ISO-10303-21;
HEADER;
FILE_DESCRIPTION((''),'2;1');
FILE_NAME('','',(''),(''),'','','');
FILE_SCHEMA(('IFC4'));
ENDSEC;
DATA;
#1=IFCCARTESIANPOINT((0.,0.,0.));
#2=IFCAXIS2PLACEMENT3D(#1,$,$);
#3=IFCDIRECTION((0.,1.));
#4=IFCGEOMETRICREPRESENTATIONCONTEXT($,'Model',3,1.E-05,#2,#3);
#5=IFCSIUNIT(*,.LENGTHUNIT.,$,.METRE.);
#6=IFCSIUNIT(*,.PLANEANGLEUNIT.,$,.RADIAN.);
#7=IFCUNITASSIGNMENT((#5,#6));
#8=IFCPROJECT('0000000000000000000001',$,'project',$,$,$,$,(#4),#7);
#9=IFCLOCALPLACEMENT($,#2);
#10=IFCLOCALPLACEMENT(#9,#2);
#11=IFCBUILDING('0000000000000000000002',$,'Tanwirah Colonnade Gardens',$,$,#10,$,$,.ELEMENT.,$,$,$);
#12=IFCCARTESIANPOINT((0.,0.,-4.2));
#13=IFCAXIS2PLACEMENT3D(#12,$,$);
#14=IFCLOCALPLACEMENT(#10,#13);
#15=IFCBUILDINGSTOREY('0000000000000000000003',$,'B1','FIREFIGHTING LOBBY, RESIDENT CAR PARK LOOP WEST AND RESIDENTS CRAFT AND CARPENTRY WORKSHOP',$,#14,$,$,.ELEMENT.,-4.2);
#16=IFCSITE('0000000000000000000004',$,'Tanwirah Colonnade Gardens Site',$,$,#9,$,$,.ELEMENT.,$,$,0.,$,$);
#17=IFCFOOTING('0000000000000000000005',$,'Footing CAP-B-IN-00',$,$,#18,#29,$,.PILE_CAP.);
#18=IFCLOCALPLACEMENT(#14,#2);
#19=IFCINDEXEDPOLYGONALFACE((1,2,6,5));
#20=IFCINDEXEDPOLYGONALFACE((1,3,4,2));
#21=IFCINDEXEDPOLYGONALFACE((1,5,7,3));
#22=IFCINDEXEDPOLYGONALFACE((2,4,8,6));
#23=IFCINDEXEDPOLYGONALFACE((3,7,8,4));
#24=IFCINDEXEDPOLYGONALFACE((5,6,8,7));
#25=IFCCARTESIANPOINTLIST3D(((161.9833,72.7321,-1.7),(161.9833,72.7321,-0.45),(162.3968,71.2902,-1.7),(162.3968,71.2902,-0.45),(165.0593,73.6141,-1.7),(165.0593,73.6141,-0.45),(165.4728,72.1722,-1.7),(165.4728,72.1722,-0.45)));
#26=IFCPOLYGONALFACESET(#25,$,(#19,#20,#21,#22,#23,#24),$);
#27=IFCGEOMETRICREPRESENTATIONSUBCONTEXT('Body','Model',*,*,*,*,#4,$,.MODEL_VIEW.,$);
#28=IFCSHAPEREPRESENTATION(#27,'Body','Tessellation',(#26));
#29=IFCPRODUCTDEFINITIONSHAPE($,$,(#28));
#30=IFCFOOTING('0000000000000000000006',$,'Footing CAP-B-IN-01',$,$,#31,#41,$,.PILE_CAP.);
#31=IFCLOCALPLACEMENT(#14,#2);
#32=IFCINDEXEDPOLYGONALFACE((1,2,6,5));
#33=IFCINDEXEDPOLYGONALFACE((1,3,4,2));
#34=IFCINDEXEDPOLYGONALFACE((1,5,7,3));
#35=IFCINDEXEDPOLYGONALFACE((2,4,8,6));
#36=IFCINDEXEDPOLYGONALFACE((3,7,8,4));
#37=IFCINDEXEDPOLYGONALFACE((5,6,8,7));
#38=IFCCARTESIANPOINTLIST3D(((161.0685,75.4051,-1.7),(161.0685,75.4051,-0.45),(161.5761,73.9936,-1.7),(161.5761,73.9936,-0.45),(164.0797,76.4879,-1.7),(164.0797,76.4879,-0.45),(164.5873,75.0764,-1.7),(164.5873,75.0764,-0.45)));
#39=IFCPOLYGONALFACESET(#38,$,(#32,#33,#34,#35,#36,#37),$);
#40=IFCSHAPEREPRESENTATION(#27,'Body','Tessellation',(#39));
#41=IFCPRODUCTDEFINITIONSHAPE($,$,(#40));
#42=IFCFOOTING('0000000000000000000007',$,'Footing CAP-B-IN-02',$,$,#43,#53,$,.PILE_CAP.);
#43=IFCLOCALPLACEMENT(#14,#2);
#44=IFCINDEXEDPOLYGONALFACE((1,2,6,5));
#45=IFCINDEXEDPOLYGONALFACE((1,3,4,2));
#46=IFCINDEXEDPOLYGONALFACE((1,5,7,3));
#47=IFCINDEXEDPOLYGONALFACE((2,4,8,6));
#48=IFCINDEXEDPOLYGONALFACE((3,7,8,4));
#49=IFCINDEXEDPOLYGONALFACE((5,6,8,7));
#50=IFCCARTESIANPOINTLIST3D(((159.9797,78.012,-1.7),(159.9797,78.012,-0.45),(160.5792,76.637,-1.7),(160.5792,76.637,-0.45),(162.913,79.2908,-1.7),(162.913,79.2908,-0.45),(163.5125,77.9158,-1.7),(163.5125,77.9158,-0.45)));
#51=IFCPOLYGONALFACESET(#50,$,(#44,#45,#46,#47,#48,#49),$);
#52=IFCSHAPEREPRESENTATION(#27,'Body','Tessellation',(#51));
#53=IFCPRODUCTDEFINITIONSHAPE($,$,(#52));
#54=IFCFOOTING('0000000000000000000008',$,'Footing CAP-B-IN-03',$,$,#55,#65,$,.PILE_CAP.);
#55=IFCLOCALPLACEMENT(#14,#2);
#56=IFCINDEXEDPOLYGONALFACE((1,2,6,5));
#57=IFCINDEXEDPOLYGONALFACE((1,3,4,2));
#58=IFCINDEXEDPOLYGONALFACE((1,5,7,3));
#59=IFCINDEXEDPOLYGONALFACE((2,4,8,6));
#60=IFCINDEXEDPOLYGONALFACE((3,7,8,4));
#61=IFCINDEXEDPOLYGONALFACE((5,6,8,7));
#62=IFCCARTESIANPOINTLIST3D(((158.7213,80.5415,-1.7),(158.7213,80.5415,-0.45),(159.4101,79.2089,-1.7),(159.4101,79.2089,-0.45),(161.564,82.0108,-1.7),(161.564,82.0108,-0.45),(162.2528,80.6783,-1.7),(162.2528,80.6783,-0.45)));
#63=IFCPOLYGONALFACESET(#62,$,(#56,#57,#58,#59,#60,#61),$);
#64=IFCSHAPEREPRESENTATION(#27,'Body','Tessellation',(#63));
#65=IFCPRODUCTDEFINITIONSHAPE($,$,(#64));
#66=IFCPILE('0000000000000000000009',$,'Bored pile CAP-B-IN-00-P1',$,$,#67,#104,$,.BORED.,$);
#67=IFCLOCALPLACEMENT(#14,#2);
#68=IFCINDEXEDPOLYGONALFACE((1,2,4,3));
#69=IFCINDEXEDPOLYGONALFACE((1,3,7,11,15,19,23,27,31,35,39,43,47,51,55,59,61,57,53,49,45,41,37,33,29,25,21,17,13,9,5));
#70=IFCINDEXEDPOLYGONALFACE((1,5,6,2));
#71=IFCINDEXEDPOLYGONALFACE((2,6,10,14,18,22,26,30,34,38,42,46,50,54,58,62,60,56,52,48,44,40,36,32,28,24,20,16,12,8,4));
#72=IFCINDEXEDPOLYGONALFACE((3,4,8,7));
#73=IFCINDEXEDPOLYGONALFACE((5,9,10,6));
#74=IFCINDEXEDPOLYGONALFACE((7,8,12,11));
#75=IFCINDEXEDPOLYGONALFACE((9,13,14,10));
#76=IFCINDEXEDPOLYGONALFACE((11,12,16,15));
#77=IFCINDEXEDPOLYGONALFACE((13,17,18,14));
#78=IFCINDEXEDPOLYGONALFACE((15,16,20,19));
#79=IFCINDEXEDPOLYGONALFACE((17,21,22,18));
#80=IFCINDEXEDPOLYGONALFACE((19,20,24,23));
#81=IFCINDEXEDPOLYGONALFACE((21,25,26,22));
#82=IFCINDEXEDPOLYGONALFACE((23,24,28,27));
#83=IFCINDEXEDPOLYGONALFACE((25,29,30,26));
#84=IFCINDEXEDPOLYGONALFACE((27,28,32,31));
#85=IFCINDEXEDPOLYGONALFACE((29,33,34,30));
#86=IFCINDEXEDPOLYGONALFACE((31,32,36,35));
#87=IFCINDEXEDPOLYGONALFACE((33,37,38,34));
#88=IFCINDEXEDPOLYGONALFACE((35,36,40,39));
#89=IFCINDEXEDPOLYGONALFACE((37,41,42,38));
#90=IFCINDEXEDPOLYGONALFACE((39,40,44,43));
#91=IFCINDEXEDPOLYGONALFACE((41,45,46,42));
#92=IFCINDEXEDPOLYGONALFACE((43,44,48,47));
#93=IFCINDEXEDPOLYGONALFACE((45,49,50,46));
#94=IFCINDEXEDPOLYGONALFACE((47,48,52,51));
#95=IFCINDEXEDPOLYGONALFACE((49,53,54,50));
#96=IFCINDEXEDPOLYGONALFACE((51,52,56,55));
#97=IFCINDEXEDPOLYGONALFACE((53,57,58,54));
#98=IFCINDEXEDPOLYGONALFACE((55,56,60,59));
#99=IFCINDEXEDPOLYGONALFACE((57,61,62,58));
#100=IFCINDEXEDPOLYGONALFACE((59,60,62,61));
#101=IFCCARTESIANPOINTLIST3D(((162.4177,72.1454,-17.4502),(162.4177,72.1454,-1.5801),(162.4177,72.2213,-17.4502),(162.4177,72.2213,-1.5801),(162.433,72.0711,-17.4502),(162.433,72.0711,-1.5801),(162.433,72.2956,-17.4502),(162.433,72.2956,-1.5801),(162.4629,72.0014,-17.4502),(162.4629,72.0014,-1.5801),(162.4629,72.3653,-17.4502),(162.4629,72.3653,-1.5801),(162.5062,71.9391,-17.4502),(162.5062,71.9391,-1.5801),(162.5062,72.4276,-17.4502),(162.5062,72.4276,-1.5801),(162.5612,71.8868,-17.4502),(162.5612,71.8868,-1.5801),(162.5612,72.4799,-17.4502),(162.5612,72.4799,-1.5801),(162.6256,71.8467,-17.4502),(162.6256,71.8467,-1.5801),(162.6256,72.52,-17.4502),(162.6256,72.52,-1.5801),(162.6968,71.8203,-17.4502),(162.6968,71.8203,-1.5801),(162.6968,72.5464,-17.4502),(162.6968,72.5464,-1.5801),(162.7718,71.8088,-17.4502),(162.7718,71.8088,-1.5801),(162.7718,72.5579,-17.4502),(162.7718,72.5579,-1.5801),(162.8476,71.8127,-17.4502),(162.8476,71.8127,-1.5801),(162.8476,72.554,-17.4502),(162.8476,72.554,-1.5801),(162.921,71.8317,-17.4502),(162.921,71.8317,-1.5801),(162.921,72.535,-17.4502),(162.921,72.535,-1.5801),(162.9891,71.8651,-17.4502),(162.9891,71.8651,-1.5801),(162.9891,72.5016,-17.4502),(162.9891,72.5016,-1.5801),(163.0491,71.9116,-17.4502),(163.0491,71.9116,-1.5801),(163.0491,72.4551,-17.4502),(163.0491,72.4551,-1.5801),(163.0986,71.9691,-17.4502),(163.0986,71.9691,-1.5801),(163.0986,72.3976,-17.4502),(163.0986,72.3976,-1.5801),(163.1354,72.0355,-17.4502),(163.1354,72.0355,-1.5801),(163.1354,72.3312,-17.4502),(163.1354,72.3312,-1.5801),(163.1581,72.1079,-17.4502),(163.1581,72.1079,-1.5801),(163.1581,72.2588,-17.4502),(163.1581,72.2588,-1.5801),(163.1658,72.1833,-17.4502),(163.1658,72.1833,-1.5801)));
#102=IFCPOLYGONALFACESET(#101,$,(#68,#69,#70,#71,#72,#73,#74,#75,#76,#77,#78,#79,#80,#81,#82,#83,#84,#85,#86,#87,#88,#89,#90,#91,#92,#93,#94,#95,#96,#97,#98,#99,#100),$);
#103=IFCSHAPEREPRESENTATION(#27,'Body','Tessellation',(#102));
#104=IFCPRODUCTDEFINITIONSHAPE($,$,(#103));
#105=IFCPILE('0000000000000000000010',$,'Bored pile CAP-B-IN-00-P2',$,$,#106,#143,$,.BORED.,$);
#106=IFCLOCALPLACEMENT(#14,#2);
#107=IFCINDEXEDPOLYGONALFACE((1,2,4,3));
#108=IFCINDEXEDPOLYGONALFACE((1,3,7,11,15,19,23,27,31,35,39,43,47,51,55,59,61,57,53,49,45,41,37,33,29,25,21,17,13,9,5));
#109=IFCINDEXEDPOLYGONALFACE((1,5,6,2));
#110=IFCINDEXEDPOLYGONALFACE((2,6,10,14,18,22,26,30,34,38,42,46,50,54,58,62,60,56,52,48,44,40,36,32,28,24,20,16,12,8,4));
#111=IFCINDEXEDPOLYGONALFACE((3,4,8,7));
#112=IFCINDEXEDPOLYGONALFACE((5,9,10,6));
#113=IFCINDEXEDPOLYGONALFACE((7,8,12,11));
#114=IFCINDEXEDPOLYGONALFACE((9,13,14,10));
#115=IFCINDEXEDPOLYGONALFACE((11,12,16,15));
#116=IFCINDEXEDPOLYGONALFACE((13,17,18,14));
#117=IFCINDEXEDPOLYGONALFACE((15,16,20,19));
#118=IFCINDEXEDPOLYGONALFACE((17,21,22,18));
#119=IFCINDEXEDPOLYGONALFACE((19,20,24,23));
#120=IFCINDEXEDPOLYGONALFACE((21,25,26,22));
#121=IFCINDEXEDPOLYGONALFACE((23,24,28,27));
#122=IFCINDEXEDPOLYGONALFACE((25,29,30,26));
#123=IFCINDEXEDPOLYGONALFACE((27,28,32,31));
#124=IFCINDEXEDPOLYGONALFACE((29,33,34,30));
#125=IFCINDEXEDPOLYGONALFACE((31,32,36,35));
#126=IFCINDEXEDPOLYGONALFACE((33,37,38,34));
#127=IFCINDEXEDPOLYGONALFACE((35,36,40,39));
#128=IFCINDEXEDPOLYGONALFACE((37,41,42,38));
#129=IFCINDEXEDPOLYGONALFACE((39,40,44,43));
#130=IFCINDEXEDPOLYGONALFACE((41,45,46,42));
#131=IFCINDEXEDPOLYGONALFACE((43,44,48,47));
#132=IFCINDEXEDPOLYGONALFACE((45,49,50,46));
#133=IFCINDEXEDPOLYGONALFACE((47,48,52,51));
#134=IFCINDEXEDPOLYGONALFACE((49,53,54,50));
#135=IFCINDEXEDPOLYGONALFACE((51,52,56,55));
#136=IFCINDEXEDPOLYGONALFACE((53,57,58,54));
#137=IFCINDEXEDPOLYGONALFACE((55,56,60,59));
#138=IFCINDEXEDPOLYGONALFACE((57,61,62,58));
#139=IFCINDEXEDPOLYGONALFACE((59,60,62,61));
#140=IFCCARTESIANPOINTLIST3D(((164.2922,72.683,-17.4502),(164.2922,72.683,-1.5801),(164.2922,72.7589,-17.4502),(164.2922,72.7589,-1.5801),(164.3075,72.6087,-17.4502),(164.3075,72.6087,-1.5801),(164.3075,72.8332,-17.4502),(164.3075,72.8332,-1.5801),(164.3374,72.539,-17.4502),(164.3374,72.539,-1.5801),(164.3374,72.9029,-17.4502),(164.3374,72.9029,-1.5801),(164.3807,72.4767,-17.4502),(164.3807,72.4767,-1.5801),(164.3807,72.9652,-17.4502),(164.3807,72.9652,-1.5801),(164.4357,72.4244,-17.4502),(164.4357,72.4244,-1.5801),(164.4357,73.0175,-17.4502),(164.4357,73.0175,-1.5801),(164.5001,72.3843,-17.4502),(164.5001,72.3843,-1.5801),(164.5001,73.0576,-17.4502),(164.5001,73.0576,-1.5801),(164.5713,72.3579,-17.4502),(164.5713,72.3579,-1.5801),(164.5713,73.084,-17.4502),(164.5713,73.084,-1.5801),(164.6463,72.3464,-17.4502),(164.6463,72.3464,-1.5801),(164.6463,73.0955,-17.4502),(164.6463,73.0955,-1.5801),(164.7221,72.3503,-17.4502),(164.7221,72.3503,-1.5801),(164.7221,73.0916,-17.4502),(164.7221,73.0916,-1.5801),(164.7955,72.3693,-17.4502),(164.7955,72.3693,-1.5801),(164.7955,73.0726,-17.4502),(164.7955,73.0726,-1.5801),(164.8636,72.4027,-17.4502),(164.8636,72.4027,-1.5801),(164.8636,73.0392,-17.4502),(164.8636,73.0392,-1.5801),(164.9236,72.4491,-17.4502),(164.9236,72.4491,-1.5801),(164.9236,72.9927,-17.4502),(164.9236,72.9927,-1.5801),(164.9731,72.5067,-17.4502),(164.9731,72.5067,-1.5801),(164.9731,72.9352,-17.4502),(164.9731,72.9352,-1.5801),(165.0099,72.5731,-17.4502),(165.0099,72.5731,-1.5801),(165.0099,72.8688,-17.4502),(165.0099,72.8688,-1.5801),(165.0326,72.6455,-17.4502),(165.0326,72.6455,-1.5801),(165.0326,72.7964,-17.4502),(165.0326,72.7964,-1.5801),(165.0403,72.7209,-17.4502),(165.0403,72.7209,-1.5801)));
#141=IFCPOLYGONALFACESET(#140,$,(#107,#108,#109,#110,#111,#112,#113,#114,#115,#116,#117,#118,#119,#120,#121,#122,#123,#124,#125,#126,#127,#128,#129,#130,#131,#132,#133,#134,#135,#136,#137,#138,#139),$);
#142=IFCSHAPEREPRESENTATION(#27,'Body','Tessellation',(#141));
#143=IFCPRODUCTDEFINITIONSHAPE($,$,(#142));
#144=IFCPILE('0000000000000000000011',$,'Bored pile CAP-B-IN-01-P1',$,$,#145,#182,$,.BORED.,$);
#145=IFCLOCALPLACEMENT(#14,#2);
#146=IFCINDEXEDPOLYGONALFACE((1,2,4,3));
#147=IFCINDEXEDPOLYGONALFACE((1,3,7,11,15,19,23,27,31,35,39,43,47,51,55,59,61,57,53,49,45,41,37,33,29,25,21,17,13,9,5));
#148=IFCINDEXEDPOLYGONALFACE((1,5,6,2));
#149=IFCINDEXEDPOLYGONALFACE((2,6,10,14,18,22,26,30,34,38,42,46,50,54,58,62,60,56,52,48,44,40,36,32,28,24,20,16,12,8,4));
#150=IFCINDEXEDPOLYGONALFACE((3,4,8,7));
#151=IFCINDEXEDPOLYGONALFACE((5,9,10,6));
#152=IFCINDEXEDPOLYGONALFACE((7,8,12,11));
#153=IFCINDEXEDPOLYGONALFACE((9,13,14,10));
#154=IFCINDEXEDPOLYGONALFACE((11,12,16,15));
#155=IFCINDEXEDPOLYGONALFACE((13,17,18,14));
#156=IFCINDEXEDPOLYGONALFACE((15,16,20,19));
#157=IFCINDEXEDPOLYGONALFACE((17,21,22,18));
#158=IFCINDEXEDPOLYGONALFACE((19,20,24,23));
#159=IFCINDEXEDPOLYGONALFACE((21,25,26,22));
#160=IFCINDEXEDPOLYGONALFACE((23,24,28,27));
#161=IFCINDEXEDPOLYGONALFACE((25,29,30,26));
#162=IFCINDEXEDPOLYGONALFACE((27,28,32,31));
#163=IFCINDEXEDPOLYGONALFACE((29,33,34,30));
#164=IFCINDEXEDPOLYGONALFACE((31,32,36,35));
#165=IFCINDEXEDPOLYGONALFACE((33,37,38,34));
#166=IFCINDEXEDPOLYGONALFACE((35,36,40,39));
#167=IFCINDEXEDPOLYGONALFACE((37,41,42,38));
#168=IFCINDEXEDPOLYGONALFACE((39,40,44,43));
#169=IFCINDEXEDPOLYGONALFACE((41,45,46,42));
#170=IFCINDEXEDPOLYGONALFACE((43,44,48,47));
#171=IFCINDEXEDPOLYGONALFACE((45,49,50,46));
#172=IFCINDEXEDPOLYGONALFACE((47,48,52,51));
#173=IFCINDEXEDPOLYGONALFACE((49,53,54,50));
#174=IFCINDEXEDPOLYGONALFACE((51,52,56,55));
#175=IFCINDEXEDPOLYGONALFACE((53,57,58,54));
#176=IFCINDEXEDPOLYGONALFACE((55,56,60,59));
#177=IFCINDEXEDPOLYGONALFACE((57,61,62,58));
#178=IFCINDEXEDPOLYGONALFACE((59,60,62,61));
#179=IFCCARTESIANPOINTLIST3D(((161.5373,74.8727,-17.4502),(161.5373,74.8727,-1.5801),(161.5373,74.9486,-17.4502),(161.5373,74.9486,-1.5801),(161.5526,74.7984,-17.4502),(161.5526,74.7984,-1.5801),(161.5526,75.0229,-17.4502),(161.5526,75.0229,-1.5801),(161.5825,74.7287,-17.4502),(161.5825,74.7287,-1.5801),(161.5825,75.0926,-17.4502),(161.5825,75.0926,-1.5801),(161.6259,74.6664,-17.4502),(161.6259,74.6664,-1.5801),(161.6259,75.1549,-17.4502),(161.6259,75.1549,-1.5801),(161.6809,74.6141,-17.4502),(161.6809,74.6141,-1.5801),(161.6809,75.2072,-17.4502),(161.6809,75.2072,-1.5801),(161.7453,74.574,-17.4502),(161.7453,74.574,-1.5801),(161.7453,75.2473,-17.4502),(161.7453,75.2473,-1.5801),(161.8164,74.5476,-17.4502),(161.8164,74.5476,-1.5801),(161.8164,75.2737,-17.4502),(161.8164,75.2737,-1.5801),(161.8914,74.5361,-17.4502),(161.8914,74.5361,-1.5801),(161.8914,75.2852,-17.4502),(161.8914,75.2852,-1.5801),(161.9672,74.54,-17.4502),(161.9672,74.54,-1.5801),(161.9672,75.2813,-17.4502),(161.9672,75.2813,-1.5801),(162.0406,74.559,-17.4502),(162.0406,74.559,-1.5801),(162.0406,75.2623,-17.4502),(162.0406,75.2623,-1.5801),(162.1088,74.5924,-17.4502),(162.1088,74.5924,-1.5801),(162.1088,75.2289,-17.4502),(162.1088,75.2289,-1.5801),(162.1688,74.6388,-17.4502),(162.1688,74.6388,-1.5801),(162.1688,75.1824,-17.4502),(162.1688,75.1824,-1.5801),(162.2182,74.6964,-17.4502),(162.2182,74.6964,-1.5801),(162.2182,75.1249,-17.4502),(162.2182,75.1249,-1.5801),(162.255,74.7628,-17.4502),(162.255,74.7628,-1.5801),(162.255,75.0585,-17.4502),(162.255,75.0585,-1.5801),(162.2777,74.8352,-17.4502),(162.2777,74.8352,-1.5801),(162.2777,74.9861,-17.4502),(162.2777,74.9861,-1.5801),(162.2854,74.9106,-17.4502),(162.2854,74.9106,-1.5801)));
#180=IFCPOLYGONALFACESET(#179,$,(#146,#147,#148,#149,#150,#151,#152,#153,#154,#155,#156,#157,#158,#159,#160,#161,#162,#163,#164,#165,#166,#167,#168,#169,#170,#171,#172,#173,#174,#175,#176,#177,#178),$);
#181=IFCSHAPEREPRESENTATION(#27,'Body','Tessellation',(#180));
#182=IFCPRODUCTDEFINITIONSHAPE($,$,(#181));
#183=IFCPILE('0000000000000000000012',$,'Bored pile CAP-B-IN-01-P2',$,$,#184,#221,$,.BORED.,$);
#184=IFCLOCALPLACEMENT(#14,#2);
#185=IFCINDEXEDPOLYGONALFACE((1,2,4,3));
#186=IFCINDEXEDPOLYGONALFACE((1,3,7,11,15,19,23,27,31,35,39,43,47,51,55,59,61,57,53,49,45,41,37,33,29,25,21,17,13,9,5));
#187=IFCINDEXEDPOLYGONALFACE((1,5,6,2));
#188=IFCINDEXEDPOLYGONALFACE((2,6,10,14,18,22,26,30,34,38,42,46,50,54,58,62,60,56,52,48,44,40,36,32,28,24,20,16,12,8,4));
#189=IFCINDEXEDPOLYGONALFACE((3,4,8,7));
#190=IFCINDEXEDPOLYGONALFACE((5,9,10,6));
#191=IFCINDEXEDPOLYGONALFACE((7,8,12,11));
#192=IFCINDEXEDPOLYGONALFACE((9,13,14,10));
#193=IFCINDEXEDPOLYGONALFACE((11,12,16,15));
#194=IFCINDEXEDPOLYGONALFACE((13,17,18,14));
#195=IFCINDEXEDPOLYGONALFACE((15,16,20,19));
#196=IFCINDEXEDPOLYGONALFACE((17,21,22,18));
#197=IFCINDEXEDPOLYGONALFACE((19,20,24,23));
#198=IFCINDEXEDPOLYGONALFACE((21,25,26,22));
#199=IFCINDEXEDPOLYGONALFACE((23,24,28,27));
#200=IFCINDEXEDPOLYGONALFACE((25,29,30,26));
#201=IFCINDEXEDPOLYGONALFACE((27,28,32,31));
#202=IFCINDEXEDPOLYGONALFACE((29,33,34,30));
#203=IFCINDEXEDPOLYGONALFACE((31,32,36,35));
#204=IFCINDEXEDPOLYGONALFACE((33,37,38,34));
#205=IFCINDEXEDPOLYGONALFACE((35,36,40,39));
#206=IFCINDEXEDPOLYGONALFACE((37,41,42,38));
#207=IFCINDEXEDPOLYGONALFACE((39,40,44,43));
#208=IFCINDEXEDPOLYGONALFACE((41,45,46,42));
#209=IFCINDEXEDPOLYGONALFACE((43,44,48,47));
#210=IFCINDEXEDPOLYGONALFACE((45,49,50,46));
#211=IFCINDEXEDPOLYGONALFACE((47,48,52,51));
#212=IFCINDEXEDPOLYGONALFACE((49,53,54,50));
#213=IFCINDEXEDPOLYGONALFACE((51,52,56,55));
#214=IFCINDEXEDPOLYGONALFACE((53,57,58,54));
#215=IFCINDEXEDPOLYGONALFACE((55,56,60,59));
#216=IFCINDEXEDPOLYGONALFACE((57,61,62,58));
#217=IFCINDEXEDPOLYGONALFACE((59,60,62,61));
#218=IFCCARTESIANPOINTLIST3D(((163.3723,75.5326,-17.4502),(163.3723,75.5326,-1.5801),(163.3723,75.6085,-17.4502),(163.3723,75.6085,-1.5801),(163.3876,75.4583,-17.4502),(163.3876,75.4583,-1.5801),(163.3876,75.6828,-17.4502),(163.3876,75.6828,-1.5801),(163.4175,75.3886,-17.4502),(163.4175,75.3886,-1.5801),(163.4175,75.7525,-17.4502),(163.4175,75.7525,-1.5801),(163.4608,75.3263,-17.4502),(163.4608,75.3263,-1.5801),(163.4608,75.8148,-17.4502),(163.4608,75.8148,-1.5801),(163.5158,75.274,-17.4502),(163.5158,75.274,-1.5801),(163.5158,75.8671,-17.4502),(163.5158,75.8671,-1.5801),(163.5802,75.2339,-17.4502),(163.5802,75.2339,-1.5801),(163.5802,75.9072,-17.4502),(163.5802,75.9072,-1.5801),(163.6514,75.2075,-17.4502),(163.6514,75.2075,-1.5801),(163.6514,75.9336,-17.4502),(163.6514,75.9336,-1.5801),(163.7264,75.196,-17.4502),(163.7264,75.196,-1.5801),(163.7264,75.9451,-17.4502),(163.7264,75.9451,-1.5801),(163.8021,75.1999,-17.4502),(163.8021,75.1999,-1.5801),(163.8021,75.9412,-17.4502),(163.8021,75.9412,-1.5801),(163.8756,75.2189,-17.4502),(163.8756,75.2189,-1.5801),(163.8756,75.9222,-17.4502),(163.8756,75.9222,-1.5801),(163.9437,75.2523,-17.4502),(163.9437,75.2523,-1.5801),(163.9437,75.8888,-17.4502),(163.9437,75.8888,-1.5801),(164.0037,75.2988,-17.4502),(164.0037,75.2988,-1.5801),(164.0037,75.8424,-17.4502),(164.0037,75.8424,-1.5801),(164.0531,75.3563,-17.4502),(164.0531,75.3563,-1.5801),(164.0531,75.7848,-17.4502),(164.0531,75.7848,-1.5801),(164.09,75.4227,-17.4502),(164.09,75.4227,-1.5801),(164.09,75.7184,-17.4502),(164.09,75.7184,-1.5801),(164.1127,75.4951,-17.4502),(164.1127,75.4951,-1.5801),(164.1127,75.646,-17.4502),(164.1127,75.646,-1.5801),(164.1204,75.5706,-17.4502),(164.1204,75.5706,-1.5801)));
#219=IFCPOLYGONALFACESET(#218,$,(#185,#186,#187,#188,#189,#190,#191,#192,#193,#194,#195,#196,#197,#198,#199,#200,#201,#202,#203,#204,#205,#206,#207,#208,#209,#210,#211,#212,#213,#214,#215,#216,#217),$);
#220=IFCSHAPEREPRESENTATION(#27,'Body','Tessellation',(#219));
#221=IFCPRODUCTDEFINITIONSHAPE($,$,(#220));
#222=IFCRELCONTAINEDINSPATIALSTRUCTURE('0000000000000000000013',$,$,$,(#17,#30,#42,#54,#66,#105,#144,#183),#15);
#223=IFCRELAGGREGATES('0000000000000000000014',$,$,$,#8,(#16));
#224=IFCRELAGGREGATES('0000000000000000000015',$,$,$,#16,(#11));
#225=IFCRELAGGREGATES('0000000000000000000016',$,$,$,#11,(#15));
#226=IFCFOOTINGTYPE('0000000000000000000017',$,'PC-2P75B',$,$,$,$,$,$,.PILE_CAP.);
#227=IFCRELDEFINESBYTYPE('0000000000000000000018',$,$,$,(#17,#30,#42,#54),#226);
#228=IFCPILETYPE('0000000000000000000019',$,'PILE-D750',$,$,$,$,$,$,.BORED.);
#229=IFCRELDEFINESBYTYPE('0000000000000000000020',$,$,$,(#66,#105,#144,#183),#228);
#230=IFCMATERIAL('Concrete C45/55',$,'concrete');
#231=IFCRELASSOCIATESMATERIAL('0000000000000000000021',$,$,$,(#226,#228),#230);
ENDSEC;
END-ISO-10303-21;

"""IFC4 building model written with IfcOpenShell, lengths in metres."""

from ifc_helpers import new_model, si_unit, direction, frame, origin, origin_2d, place, context, subcontext, project, spatial, rectangle, circle, extrude, material, material_profile, profile_set, type_object, element, save


model = new_model("IFC4")

# Units and contexts
model_context = context("Model", 3, precision=1e-05, world=origin(), true_north=direction((0.0, 1.0)))
body_context = subcontext(model_context, "Body", "Model", "MODEL_VIEW")
ifc_project = project(units=[si_unit("LENGTHUNIT", "METRE"), si_unit("PLANEANGLEUNIT", "RADIAN")], contexts=[model_context])

# Site, building, storey
site_placement = place(None, origin())
site = spatial("IfcSite", under=ifc_project, at=site_placement, Name="Tanwirah Colonnade Gardens Site", CompositionType="ELEMENT", RefElevation=0.0)
building_placement = place(site_placement, origin())
building = spatial("IfcBuilding", under=site, at=building_placement, Name="Tanwirah Colonnade Gardens", CompositionType="ELEMENT")
storey_placement = place(building_placement, frame((0.0, 0.0, -4.2)))
storey = spatial("IfcBuildingStorey", under=building, at=storey_placement, Name="B1", Description="FIREFIGHTING LOBBY, RESIDENT CAR PARK LOOP WEST AND RESIDENTS CRAFT AND CARPENTRY WORKSHOP", CompositionType="ELEMENT", Elevation=-4.2)

# Footings
ifc_material_1 = material(Name="Concrete C45/55", Category="concrete")
footing_type = type_object("IfcFootingType", Name="PC-2P75B", PredefinedType="PILE_CAP", material=ifc_material_1)
for number, where, z_axis, x_axis, name in (
    (1, (163.728, 72.4521, -1.7), (0.0, 0.0, 1.0), (0.961262, 0.275637, 0.0), "Footing CAP-B-IN-00"),
    (2, (162.8279, 75.2407, -1.7), (0.0, 0.0, 1.0), (0.941012, 0.338373, 0.0), "Footing CAP-B-IN-01"),
    (3, (161.7461, 77.9639, -1.7), (0.0, 0.0, 1.0), (0.916673, 0.399638, 0.0), "Footing CAP-B-IN-02"),
    (4, (160.4871, 80.6099, -1.7), (0.0, 0.0, 1.0), (0.88835, 0.459166, 0.0), "Footing CAP-B-IN-03"),
):
    element("IfcFooting", number, at=place(storey_placement, frame(where, z_axis=z_axis, x_axis=x_axis)), inside=storey, type_object=footing_type, Name=name, PredefinedType="PILE_CAP", context=body_context, shape_type="SweptSolid", body=[
        extrude(rectangle(XDim=3.2, YDim=1.5, at=origin_2d()), origin(), (0.0, 0.0, 1.0), 1.25),
    ])

# Piles
ifc_material_profile_1 = material_profile(ifc_material_1, circle(Radius=0.375, at=origin_2d()), Name="PILE D750")
ifc_profile_set_1 = profile_set([ifc_material_profile_1], Name="Concrete C45/55")
pile_type_1 = type_object("IfcPileType", Name="PILE-D750", PredefinedType="BORED", material=ifc_profile_set_1)
for number, where, z_axis, x_axis, name in (
    (5, (162.7908, 72.1833, -1.5801), (0.0, 0.0, -1.0), (1.0, 0.0, 0.0), "Bored pile CAP-B-IN-00-P1"),
    (6, (164.6653, 72.7209, -1.5801), (0.0, 0.0, -1.0), (1.0, 0.0, 0.0), "Bored pile CAP-B-IN-00-P2"),
    (7, (161.9104, 74.9106, -1.5801), (0.0, 0.0, -1.0), (1.0, 0.0, 0.0), "Bored pile CAP-B-IN-01-P1"),
    (8, (163.7454, 75.5706, -1.5801), (0.0, 0.0, -1.0), (1.0, 0.0, 0.0), "Bored pile CAP-B-IN-01-P2"),
):
    element("IfcPile", number, at=place(storey_placement, frame(where, z_axis=z_axis, x_axis=x_axis)), inside=storey, type_object=pile_type_1, Name=name, PredefinedType="BORED", context=body_context, shape_type="SweptSolid", body=[
        extrude(circle(Radius=0.375, at=origin_2d()), origin(), (0.0, 0.0, 1.0), 15.8701),
    ])

save(model, "model.ifc")
